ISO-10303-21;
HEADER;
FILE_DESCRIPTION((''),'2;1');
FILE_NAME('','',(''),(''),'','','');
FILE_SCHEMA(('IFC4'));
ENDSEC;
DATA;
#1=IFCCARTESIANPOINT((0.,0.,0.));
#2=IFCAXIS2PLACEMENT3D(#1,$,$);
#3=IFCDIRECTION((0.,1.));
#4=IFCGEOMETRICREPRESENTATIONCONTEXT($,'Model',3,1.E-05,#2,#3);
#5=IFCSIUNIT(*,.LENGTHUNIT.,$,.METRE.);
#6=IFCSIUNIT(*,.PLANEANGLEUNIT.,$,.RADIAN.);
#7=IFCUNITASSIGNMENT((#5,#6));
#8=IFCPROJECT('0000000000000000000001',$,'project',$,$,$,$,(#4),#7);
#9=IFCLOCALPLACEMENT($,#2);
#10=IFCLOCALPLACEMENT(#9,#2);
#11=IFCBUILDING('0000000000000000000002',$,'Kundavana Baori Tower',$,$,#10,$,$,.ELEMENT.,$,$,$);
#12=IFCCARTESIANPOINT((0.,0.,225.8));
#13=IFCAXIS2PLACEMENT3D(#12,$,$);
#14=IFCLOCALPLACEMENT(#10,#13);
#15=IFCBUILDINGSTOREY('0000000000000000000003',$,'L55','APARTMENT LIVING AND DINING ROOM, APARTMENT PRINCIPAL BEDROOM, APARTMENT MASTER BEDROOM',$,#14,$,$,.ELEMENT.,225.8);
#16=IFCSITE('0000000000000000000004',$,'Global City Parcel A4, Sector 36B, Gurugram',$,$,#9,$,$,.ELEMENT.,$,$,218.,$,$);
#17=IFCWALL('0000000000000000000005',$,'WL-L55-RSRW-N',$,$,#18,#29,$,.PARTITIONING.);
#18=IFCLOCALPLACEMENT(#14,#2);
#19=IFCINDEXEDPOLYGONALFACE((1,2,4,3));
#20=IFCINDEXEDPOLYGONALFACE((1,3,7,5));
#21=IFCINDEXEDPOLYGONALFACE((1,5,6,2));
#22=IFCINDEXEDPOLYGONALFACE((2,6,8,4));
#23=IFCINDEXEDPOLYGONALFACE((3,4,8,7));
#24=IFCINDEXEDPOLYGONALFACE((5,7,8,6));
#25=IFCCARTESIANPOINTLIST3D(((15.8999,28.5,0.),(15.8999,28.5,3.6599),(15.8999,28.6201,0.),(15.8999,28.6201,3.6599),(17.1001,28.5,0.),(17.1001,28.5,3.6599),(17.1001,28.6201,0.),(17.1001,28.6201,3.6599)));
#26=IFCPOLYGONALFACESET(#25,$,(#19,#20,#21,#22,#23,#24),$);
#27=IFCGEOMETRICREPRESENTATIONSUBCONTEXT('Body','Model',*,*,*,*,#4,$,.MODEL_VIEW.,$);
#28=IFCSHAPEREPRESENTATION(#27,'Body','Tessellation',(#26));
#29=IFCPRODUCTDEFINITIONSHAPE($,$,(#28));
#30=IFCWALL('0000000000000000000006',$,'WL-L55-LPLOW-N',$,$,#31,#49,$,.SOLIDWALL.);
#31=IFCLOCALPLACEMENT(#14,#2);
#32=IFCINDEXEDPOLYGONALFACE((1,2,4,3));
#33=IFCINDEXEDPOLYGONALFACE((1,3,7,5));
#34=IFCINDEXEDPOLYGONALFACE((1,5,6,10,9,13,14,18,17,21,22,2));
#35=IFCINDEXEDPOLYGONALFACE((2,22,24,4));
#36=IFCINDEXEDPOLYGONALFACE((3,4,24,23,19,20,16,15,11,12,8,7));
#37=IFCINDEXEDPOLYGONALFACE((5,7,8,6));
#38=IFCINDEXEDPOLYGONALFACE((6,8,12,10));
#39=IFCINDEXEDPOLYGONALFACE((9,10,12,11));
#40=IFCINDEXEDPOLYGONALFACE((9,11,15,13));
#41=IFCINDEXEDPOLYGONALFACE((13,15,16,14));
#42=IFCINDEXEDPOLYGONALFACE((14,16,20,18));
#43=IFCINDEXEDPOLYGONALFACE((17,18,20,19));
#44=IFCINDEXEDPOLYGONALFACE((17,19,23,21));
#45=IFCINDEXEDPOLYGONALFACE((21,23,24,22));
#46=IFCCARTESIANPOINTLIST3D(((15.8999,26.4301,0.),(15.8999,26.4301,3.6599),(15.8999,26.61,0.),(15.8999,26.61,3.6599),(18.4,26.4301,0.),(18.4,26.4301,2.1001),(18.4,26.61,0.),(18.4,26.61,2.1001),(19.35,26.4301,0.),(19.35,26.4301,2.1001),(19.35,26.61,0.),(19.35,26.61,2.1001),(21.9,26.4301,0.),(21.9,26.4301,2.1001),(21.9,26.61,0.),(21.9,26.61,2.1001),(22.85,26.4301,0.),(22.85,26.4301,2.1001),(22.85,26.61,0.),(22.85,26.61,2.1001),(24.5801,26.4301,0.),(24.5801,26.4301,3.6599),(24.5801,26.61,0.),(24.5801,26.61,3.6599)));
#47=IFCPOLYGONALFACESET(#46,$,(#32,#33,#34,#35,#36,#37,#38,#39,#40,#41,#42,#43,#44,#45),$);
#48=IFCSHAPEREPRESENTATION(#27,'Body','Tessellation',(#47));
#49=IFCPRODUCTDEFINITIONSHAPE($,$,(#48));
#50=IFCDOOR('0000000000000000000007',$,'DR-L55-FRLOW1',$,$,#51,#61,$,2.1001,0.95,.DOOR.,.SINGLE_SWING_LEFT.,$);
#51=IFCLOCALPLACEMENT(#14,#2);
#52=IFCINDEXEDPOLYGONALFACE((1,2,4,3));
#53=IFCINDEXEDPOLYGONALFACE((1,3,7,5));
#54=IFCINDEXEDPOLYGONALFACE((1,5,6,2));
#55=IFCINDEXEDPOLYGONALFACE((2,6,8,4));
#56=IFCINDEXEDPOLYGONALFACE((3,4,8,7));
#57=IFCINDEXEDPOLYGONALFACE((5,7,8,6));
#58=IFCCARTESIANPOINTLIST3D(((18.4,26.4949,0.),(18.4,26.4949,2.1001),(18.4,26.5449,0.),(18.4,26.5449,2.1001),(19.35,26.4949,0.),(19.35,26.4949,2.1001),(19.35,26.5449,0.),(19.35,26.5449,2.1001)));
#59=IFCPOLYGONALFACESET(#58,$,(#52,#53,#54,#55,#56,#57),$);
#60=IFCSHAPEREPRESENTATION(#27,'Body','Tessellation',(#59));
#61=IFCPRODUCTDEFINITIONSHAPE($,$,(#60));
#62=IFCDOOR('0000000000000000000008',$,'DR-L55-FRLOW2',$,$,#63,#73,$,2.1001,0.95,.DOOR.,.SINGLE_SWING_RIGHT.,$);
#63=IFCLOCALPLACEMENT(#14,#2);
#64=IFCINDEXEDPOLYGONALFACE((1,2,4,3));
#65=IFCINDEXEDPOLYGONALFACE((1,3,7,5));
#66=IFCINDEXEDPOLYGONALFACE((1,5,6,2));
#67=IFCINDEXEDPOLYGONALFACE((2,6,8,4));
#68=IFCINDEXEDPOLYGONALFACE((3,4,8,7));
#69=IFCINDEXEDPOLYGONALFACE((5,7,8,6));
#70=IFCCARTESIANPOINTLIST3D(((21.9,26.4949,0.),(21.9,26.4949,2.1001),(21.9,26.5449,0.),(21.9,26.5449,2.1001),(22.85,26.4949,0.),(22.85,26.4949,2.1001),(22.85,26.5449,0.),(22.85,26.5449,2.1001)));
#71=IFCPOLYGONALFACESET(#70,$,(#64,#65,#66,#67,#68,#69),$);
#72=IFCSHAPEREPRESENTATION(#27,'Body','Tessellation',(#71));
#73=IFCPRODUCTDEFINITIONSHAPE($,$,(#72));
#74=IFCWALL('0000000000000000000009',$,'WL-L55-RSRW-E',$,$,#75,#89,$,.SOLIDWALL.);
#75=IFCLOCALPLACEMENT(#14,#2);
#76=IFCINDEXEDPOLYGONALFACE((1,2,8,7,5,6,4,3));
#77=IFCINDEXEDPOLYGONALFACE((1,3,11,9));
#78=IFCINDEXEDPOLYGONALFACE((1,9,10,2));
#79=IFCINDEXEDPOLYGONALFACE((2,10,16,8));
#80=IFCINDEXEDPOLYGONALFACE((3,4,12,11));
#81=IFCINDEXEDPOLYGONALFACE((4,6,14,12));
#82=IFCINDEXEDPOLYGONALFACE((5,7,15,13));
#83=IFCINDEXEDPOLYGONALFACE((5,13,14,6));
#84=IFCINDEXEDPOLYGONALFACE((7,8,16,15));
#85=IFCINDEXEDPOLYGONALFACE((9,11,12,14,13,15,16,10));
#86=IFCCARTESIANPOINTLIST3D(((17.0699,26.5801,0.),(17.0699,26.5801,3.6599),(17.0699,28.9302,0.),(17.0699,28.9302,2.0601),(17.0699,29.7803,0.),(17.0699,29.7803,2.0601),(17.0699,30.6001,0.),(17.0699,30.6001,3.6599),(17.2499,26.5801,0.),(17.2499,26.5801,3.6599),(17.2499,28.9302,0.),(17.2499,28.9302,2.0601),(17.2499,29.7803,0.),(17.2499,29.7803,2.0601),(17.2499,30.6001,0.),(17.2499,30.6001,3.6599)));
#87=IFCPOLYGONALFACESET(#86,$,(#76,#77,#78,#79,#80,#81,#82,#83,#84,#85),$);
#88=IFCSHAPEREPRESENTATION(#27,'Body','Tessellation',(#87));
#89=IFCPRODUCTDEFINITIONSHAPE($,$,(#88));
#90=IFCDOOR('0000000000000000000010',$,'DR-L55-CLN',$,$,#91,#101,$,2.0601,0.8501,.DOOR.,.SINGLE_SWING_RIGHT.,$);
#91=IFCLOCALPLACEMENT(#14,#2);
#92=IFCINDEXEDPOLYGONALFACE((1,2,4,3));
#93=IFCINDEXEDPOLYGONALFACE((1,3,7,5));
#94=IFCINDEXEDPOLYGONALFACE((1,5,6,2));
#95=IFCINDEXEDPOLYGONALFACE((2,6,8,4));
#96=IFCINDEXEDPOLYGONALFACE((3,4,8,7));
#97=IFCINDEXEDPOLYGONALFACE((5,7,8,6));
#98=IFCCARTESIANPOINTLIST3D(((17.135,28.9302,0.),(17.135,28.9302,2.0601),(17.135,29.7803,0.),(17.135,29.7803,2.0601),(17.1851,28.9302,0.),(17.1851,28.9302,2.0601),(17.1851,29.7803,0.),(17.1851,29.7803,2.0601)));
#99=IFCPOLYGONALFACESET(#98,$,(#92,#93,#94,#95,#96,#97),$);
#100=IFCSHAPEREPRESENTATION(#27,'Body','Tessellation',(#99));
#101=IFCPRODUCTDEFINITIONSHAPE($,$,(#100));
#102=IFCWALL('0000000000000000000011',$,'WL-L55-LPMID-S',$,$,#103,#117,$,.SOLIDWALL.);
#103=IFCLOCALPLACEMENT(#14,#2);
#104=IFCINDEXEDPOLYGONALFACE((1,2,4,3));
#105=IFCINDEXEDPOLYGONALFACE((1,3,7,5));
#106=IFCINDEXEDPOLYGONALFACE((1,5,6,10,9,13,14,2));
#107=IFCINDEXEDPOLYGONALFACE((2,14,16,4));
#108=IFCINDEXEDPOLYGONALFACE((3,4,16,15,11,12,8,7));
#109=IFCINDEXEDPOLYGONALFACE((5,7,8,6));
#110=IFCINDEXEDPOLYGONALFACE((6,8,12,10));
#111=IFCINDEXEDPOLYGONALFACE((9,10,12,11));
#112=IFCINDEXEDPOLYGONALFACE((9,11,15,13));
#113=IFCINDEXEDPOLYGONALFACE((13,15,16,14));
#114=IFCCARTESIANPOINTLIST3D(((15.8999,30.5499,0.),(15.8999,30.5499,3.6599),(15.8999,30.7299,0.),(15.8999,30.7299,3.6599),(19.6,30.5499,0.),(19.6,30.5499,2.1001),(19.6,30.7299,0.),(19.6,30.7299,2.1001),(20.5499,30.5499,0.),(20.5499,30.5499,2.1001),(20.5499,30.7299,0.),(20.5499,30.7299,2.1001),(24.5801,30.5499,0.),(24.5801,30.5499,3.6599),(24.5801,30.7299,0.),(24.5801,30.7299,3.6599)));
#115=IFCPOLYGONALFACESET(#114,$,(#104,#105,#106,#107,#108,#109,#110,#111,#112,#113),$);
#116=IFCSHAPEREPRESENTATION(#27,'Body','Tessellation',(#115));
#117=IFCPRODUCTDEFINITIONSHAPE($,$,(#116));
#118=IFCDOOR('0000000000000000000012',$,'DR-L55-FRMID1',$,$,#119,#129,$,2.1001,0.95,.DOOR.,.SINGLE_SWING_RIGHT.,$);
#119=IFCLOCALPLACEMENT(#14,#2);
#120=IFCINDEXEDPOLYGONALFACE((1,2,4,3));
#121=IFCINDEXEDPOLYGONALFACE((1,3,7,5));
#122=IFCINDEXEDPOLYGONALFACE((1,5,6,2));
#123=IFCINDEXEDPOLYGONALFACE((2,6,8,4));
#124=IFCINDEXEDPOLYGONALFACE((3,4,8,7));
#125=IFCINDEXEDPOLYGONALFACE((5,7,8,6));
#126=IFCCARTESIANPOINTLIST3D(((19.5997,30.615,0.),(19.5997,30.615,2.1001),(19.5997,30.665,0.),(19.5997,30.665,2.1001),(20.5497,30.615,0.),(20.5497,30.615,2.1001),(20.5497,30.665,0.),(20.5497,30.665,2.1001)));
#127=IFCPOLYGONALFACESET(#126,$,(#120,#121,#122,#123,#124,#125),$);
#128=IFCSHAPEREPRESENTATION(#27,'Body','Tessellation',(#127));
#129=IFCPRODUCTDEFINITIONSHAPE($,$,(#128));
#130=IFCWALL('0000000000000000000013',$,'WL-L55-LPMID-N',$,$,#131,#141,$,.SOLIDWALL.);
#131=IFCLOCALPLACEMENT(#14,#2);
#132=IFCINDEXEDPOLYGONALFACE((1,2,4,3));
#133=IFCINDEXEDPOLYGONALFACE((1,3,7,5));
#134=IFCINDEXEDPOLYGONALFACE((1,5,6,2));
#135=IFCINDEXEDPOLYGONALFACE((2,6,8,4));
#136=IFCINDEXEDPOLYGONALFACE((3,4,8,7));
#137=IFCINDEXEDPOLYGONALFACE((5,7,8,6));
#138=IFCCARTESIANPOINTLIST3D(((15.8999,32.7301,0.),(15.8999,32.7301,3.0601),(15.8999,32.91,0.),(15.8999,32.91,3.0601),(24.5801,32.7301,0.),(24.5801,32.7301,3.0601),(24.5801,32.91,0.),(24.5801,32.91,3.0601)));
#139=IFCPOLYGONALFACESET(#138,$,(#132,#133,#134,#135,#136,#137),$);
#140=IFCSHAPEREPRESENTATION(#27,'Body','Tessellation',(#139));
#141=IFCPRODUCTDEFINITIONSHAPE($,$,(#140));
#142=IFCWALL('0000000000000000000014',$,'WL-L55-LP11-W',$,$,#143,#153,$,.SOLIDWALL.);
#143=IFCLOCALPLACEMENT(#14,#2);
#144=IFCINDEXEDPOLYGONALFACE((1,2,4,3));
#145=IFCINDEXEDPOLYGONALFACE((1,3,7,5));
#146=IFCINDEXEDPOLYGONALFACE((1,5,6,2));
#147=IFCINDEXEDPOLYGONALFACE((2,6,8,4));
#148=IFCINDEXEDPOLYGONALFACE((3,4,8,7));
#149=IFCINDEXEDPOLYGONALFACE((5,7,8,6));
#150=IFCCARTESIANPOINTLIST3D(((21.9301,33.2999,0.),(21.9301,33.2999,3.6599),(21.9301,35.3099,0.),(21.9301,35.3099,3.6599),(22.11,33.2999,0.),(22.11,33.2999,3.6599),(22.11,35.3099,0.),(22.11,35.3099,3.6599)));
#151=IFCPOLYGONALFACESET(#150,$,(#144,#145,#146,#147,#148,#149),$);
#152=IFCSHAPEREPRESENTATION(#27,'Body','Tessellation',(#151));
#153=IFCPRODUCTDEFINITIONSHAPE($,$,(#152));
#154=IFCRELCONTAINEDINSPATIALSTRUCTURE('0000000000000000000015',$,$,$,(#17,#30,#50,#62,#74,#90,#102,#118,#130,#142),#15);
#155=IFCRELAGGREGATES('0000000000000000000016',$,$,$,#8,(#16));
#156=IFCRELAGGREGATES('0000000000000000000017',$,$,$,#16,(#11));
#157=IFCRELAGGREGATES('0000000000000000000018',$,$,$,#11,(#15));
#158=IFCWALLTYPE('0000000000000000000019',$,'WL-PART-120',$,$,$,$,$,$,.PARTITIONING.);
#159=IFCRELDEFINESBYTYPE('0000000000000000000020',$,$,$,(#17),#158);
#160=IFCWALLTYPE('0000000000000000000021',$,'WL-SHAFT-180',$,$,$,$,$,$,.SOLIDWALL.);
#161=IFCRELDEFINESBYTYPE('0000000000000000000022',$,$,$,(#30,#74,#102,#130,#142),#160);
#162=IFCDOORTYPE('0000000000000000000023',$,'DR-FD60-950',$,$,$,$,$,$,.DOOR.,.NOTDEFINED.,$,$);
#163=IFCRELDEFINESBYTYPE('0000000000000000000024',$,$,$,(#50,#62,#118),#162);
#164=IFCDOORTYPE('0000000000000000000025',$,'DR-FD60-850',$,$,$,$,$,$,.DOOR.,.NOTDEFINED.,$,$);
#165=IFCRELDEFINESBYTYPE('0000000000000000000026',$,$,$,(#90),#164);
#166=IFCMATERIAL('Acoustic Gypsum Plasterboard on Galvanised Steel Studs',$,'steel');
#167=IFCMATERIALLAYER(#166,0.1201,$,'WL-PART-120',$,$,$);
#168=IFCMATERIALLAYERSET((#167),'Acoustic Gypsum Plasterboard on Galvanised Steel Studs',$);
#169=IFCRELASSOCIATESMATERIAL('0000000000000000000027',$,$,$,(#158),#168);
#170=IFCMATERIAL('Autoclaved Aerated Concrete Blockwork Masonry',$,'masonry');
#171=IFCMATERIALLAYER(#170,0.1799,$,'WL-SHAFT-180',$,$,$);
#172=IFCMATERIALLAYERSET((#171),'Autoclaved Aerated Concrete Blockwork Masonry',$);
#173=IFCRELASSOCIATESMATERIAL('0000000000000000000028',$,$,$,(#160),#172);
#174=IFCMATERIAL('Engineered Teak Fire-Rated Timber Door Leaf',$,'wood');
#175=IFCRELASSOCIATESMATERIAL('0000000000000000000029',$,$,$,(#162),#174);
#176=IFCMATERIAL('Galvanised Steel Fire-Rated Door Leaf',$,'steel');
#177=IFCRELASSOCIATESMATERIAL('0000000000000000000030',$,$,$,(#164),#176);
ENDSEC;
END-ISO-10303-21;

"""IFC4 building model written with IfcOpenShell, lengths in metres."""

from ifc_helpers import new_model, si_unit, direction, frame, frame_2d, origin, place, context, subcontext, project, spatial, rectangle, extrude, material, layer, layer_set, type_object, element, fill, save


model = new_model("IFC4")

# Units and contexts
model_context = context("Model", 3, precision=1e-05, world=origin(), true_north=direction((0.0, 1.0)))
body_context = subcontext(model_context, "Body", "Model", "MODEL_VIEW")
ifc_project = project(units=[si_unit("LENGTHUNIT", "METRE"), si_unit("PLANEANGLEUNIT", "RADIAN")], contexts=[model_context])

# Site, building, storey
site_placement = place(None, origin())
site = spatial("IfcSite", under=ifc_project, at=site_placement, Name="Global City Parcel A4, Sector 36B, Gurugram", CompositionType="ELEMENT", RefElevation=218.0)
building_placement = place(site_placement, origin())
building = spatial("IfcBuilding", under=site, at=building_placement, Name="Kundavana Baori Tower", CompositionType="ELEMENT")
storey_placement = place(building_placement, frame((0.0, 0.0, 225.8)))
storey = spatial("IfcBuildingStorey", under=building, at=storey_placement, Name="L55", Description="APARTMENT LIVING AND DINING ROOM, APARTMENT PRINCIPAL BEDROOM, APARTMENT MASTER BEDROOM", CompositionType="ELEMENT", Elevation=225.8)

# Wall
ifc_material_1 = material(Name="Acoustic Gypsum Plasterboard on Galvanised Steel Studs", Category="steel")
ifc_layer_1 = layer(ifc_material_1, 0.1201, Name="WL-PART-120")
ifc_layer_set_1 = layer_set([ifc_layer_1], Name="Acoustic Gypsum Plasterboard on Galvanised Steel Studs")
wall_type_1 = type_object("IfcWallType", Name="WL-PART-120", PredefinedType="PARTITIONING", material=ifc_layer_set_1)
wall_1_placement = place(storey_placement, frame((15.8999, 28.5601, 0.0), z_axis=(0.0, 0.0, 1.0), x_axis=(1.0, 0.0, 0.0)))
element("IfcWall", 1, at=wall_1_placement, inside=storey, type_object=wall_type_1, Name="WL-L55-RSRW-N", PredefinedType="PARTITIONING", context=body_context, shape_type="SweptSolid", body=[
    extrude(rectangle(XDim=1.2002, YDim=0.1201, at=frame_2d((0.6001, 0.0))), origin(), (0.0, 0.0, 1.0), 3.6599),
])

# Wall, openings, doors
ifc_material_2 = material(Name="Autoclaved Aerated Concrete Blockwork Masonry", Category="masonry")
ifc_layer_2 = layer(ifc_material_2, 0.1799, Name="WL-SHAFT-180")
ifc_layer_set_2 = layer_set([ifc_layer_2], Name="Autoclaved Aerated Concrete Blockwork Masonry")
wall_type_2 = type_object("IfcWallType", Name="WL-SHAFT-180", PredefinedType="SOLIDWALL", material=ifc_layer_set_2)
wall_2_placement = place(storey_placement, frame((15.8999, 26.52, 0.0), z_axis=(0.0, 0.0, 1.0), x_axis=(1.0, 0.0, 0.0)))
wall_2 = element("IfcWall", 2, at=wall_2_placement, inside=storey, type_object=wall_type_2, Name="WL-L55-LPLOW-N", PredefinedType="SOLIDWALL", context=body_context, shape_type="SweptSolid", body=[
    extrude(rectangle(XDim=8.6802, YDim=0.1799, at=frame_2d((4.3401, 0.0))), origin(), (0.0, 0.0, 1.0), 3.6599),
])
opening_1_placement = place(wall_2_placement, frame((2.5, 0.0, 0.0)))
opening_1 = element("IfcOpeningElement", 3, at=opening_1_placement, cuts=wall_2, PredefinedType="OPENING", context=body_context, shape_type="SweptSolid", body=[
    extrude(rectangle(XDim=0.95, YDim=2.1001, at=frame_2d((0.4751, 1.05))), frame((0.0, 0.1001, 0.0), z_axis=(0.0, -1.0, 0.0), x_axis=(1.0, 0.0, 0.0)), (0.0, 0.0, 1.0), 0.2),
])
opening_2_placement = place(wall_2_placement, frame((6.0, 0.0, 0.0)))
opening_2 = element("IfcOpeningElement", 4, at=opening_2_placement, cuts=wall_2, PredefinedType="OPENING", context=body_context, shape_type="SweptSolid", body=[
    extrude(rectangle(XDim=0.95, YDim=2.1001, at=frame_2d((0.4751, 1.05))), frame((0.0, 0.1001, 0.0), z_axis=(0.0, -1.0, 0.0), x_axis=(1.0, 0.0, 0.0)), (0.0, 0.0, 1.0), 0.2),
])
ifc_material_3 = material(Name="Engineered Teak Fire-Rated Timber Door Leaf", Category="wood")
door_type_1 = type_object("IfcDoorType", Name="DR-FD60-950", OperationType="NOTDEFINED", PredefinedType="DOOR", material=ifc_material_3)
door_1_placement = place(opening_1_placement, origin())
door_1 = element("IfcDoor", 5, at=door_1_placement, inside=storey, type_object=door_type_1, Name="DR-L55-FRLOW1", OperationType="SINGLE_SWING_LEFT", OverallHeight=2.1001, OverallWidth=0.95, PredefinedType="DOOR", context=body_context, shape_type="SweptSolid", body=[
    extrude(rectangle(XDim=0.95, YDim=2.1001, at=frame_2d((0.4751, 1.05))), frame((0.0, 0.0249, 0.0), z_axis=(0.0, -1.0, 0.0), x_axis=(1.0, 0.0, 0.0)), (0.0, 0.0, 1.0), 0.05),
])
fill(opening_1, door_1)
door_2_placement = place(opening_2_placement, origin())
door_2 = element("IfcDoor", 6, at=door_2_placement, inside=storey, type_object=door_type_1, Name="DR-L55-FRLOW2", OperationType="SINGLE_SWING_RIGHT", OverallHeight=2.1001, OverallWidth=0.95, PredefinedType="DOOR", context=body_context, shape_type="SweptSolid", body=[
    extrude(rectangle(XDim=0.95, YDim=2.1001, at=frame_2d((0.4751, 1.05))), frame((0.0, 0.0249, 0.0), z_axis=(0.0, -1.0, 0.0), x_axis=(1.0, 0.0, 0.0)), (0.0, 0.0, 1.0), 0.05),
])
fill(opening_2, door_2)

# Walls, openings, doors
wall_3_placement = place(storey_placement, frame((17.1599, 26.5801, 0.0), z_axis=(0.0, 0.0, 1.0), x_axis=(0.0, 1.0, 0.0)))
wall_3 = element("IfcWall", 7, at=wall_3_placement, inside=storey, type_object=wall_type_2, Name="WL-L55-RSRW-E", PredefinedType="SOLIDWALL", context=body_context, shape_type="SweptSolid", body=[
    extrude(rectangle(XDim=4.02, YDim=0.1799, at=frame_2d((2.01, 0.0))), origin(), (0.0, 0.0, 1.0), 3.6599),
])
opening_3_placement = place(wall_3_placement, frame((2.3501, 0.0, 0.0)))
opening_3 = element("IfcOpeningElement", 8, at=opening_3_placement, cuts=wall_3, PredefinedType="OPENING", context=body_context, shape_type="SweptSolid", body=[
    extrude(rectangle(XDim=0.8501, YDim=2.0601, at=frame_2d((0.425, 1.03))), frame((0.0, 0.1001, 0.0), z_axis=(0.0, -1.0, 0.0), x_axis=(1.0, 0.0, 0.0)), (0.0, 0.0, 1.0), 0.2),
])
ifc_material_4 = material(Name="Galvanised Steel Fire-Rated Door Leaf", Category="steel")
door_type_2 = type_object("IfcDoorType", Name="DR-FD60-850", OperationType="NOTDEFINED", PredefinedType="DOOR", material=ifc_material_4)
door_3_placement = place(opening_3_placement, origin())
door_3 = element("IfcDoor", 9, at=door_3_placement, inside=storey, type_object=door_type_2, Name="DR-L55-CLN", OperationType="SINGLE_SWING_RIGHT", OverallHeight=2.0601, OverallWidth=0.8501, PredefinedType="DOOR", context=body_context, shape_type="SweptSolid", body=[
    extrude(rectangle(XDim=0.8501, YDim=2.0601, at=frame_2d((0.425, 1.03))), frame((0.0, 0.0249, 0.0), z_axis=(0.0, -1.0, 0.0), x_axis=(1.0, 0.0, 0.0)), (0.0, 0.0, 1.0), 0.05),
])
fill(opening_3, door_3)
wall_4_placement = place(storey_placement, frame((15.8999, 30.6399, 0.0), z_axis=(0.0, 0.0, 1.0), x_axis=(1.0, 0.0, 0.0)))
wall_4 = element("IfcWall", 10, at=wall_4_placement, inside=storey, type_object=wall_type_2, Name="WL-L55-LPMID-S", PredefinedType="SOLIDWALL", context=body_context, shape_type="SweptSolid", body=[
    extrude(rectangle(XDim=8.6802, YDim=0.1799, at=frame_2d((4.3401, 0.0))), origin(), (0.0, 0.0, 1.0), 3.6599),
])
opening_4_placement = place(wall_4_placement, frame((3.7, 0.0, 0.0)))
opening_4 = element("IfcOpeningElement", 11, at=opening_4_placement, cuts=wall_4, PredefinedType="OPENING", context=body_context, shape_type="SweptSolid", body=[
    extrude(rectangle(XDim=0.95, YDim=2.1001, at=frame_2d((0.4751, 1.05))), frame((0.0, 0.1001, 0.0), z_axis=(0.0, -1.0, 0.0), x_axis=(1.0, 0.0, 0.0)), (0.0, 0.0, 1.0), 0.2),
])
door_4_placement = place(opening_4_placement, frame((0.95, 0.0, 0.0), z_axis=(0.0, 0.0, 1.0), x_axis=(-1.0, 0.0, 0.0)))
door_4 = element("IfcDoor", 12, at=door_4_placement, inside=storey, type_object=door_type_1, Name="DR-L55-FRMID1", OperationType="SINGLE_SWING_RIGHT", OverallHeight=2.1001, OverallWidth=0.95, PredefinedType="DOOR", context=body_context, shape_type="SweptSolid", body=[
    extrude(rectangle(XDim=0.95, YDim=2.1001, at=frame_2d((0.4751, 1.05))), frame((0.0, 0.0249, 0.0), z_axis=(0.0, -1.0, 0.0), x_axis=(1.0, 0.0, 0.0)), (0.0, 0.0, 1.0), 0.05),
])
fill(opening_4, door_4)

# Walls
wall_5_placement = place(storey_placement, frame((15.8999, 32.8201, 0.0), z_axis=(0.0, 0.0, 1.0), x_axis=(1.0, 0.0, 0.0)))
element("IfcWall", 13, at=wall_5_placement, inside=storey, type_object=wall_type_2, Name="WL-L55-LPMID-N", PredefinedType="SOLIDWALL", context=body_context, shape_type="SweptSolid", body=[
    extrude(rectangle(XDim=8.6802, YDim=0.1799, at=frame_2d((4.3401, 0.0))), origin(), (0.0, 0.0, 1.0), 3.0601),
])
wall_6_placement = place(storey_placement, frame((22.02, 33.3, 0.0), z_axis=(0.0, 0.0, 1.0), x_axis=(0.0, 1.0, 0.0)))
element("IfcWall", 14, at=wall_6_placement, inside=storey, type_object=wall_type_2, Name="WL-L55-LP11-W", PredefinedType="SOLIDWALL", context=body_context, shape_type="SweptSolid", body=[
    extrude(rectangle(XDim=2.01, YDim=0.1799, at=frame_2d((1.0049, 0.0))), origin(), (0.0, 0.0, 1.0), 3.6599),
])

save(model, "model.ifc")
